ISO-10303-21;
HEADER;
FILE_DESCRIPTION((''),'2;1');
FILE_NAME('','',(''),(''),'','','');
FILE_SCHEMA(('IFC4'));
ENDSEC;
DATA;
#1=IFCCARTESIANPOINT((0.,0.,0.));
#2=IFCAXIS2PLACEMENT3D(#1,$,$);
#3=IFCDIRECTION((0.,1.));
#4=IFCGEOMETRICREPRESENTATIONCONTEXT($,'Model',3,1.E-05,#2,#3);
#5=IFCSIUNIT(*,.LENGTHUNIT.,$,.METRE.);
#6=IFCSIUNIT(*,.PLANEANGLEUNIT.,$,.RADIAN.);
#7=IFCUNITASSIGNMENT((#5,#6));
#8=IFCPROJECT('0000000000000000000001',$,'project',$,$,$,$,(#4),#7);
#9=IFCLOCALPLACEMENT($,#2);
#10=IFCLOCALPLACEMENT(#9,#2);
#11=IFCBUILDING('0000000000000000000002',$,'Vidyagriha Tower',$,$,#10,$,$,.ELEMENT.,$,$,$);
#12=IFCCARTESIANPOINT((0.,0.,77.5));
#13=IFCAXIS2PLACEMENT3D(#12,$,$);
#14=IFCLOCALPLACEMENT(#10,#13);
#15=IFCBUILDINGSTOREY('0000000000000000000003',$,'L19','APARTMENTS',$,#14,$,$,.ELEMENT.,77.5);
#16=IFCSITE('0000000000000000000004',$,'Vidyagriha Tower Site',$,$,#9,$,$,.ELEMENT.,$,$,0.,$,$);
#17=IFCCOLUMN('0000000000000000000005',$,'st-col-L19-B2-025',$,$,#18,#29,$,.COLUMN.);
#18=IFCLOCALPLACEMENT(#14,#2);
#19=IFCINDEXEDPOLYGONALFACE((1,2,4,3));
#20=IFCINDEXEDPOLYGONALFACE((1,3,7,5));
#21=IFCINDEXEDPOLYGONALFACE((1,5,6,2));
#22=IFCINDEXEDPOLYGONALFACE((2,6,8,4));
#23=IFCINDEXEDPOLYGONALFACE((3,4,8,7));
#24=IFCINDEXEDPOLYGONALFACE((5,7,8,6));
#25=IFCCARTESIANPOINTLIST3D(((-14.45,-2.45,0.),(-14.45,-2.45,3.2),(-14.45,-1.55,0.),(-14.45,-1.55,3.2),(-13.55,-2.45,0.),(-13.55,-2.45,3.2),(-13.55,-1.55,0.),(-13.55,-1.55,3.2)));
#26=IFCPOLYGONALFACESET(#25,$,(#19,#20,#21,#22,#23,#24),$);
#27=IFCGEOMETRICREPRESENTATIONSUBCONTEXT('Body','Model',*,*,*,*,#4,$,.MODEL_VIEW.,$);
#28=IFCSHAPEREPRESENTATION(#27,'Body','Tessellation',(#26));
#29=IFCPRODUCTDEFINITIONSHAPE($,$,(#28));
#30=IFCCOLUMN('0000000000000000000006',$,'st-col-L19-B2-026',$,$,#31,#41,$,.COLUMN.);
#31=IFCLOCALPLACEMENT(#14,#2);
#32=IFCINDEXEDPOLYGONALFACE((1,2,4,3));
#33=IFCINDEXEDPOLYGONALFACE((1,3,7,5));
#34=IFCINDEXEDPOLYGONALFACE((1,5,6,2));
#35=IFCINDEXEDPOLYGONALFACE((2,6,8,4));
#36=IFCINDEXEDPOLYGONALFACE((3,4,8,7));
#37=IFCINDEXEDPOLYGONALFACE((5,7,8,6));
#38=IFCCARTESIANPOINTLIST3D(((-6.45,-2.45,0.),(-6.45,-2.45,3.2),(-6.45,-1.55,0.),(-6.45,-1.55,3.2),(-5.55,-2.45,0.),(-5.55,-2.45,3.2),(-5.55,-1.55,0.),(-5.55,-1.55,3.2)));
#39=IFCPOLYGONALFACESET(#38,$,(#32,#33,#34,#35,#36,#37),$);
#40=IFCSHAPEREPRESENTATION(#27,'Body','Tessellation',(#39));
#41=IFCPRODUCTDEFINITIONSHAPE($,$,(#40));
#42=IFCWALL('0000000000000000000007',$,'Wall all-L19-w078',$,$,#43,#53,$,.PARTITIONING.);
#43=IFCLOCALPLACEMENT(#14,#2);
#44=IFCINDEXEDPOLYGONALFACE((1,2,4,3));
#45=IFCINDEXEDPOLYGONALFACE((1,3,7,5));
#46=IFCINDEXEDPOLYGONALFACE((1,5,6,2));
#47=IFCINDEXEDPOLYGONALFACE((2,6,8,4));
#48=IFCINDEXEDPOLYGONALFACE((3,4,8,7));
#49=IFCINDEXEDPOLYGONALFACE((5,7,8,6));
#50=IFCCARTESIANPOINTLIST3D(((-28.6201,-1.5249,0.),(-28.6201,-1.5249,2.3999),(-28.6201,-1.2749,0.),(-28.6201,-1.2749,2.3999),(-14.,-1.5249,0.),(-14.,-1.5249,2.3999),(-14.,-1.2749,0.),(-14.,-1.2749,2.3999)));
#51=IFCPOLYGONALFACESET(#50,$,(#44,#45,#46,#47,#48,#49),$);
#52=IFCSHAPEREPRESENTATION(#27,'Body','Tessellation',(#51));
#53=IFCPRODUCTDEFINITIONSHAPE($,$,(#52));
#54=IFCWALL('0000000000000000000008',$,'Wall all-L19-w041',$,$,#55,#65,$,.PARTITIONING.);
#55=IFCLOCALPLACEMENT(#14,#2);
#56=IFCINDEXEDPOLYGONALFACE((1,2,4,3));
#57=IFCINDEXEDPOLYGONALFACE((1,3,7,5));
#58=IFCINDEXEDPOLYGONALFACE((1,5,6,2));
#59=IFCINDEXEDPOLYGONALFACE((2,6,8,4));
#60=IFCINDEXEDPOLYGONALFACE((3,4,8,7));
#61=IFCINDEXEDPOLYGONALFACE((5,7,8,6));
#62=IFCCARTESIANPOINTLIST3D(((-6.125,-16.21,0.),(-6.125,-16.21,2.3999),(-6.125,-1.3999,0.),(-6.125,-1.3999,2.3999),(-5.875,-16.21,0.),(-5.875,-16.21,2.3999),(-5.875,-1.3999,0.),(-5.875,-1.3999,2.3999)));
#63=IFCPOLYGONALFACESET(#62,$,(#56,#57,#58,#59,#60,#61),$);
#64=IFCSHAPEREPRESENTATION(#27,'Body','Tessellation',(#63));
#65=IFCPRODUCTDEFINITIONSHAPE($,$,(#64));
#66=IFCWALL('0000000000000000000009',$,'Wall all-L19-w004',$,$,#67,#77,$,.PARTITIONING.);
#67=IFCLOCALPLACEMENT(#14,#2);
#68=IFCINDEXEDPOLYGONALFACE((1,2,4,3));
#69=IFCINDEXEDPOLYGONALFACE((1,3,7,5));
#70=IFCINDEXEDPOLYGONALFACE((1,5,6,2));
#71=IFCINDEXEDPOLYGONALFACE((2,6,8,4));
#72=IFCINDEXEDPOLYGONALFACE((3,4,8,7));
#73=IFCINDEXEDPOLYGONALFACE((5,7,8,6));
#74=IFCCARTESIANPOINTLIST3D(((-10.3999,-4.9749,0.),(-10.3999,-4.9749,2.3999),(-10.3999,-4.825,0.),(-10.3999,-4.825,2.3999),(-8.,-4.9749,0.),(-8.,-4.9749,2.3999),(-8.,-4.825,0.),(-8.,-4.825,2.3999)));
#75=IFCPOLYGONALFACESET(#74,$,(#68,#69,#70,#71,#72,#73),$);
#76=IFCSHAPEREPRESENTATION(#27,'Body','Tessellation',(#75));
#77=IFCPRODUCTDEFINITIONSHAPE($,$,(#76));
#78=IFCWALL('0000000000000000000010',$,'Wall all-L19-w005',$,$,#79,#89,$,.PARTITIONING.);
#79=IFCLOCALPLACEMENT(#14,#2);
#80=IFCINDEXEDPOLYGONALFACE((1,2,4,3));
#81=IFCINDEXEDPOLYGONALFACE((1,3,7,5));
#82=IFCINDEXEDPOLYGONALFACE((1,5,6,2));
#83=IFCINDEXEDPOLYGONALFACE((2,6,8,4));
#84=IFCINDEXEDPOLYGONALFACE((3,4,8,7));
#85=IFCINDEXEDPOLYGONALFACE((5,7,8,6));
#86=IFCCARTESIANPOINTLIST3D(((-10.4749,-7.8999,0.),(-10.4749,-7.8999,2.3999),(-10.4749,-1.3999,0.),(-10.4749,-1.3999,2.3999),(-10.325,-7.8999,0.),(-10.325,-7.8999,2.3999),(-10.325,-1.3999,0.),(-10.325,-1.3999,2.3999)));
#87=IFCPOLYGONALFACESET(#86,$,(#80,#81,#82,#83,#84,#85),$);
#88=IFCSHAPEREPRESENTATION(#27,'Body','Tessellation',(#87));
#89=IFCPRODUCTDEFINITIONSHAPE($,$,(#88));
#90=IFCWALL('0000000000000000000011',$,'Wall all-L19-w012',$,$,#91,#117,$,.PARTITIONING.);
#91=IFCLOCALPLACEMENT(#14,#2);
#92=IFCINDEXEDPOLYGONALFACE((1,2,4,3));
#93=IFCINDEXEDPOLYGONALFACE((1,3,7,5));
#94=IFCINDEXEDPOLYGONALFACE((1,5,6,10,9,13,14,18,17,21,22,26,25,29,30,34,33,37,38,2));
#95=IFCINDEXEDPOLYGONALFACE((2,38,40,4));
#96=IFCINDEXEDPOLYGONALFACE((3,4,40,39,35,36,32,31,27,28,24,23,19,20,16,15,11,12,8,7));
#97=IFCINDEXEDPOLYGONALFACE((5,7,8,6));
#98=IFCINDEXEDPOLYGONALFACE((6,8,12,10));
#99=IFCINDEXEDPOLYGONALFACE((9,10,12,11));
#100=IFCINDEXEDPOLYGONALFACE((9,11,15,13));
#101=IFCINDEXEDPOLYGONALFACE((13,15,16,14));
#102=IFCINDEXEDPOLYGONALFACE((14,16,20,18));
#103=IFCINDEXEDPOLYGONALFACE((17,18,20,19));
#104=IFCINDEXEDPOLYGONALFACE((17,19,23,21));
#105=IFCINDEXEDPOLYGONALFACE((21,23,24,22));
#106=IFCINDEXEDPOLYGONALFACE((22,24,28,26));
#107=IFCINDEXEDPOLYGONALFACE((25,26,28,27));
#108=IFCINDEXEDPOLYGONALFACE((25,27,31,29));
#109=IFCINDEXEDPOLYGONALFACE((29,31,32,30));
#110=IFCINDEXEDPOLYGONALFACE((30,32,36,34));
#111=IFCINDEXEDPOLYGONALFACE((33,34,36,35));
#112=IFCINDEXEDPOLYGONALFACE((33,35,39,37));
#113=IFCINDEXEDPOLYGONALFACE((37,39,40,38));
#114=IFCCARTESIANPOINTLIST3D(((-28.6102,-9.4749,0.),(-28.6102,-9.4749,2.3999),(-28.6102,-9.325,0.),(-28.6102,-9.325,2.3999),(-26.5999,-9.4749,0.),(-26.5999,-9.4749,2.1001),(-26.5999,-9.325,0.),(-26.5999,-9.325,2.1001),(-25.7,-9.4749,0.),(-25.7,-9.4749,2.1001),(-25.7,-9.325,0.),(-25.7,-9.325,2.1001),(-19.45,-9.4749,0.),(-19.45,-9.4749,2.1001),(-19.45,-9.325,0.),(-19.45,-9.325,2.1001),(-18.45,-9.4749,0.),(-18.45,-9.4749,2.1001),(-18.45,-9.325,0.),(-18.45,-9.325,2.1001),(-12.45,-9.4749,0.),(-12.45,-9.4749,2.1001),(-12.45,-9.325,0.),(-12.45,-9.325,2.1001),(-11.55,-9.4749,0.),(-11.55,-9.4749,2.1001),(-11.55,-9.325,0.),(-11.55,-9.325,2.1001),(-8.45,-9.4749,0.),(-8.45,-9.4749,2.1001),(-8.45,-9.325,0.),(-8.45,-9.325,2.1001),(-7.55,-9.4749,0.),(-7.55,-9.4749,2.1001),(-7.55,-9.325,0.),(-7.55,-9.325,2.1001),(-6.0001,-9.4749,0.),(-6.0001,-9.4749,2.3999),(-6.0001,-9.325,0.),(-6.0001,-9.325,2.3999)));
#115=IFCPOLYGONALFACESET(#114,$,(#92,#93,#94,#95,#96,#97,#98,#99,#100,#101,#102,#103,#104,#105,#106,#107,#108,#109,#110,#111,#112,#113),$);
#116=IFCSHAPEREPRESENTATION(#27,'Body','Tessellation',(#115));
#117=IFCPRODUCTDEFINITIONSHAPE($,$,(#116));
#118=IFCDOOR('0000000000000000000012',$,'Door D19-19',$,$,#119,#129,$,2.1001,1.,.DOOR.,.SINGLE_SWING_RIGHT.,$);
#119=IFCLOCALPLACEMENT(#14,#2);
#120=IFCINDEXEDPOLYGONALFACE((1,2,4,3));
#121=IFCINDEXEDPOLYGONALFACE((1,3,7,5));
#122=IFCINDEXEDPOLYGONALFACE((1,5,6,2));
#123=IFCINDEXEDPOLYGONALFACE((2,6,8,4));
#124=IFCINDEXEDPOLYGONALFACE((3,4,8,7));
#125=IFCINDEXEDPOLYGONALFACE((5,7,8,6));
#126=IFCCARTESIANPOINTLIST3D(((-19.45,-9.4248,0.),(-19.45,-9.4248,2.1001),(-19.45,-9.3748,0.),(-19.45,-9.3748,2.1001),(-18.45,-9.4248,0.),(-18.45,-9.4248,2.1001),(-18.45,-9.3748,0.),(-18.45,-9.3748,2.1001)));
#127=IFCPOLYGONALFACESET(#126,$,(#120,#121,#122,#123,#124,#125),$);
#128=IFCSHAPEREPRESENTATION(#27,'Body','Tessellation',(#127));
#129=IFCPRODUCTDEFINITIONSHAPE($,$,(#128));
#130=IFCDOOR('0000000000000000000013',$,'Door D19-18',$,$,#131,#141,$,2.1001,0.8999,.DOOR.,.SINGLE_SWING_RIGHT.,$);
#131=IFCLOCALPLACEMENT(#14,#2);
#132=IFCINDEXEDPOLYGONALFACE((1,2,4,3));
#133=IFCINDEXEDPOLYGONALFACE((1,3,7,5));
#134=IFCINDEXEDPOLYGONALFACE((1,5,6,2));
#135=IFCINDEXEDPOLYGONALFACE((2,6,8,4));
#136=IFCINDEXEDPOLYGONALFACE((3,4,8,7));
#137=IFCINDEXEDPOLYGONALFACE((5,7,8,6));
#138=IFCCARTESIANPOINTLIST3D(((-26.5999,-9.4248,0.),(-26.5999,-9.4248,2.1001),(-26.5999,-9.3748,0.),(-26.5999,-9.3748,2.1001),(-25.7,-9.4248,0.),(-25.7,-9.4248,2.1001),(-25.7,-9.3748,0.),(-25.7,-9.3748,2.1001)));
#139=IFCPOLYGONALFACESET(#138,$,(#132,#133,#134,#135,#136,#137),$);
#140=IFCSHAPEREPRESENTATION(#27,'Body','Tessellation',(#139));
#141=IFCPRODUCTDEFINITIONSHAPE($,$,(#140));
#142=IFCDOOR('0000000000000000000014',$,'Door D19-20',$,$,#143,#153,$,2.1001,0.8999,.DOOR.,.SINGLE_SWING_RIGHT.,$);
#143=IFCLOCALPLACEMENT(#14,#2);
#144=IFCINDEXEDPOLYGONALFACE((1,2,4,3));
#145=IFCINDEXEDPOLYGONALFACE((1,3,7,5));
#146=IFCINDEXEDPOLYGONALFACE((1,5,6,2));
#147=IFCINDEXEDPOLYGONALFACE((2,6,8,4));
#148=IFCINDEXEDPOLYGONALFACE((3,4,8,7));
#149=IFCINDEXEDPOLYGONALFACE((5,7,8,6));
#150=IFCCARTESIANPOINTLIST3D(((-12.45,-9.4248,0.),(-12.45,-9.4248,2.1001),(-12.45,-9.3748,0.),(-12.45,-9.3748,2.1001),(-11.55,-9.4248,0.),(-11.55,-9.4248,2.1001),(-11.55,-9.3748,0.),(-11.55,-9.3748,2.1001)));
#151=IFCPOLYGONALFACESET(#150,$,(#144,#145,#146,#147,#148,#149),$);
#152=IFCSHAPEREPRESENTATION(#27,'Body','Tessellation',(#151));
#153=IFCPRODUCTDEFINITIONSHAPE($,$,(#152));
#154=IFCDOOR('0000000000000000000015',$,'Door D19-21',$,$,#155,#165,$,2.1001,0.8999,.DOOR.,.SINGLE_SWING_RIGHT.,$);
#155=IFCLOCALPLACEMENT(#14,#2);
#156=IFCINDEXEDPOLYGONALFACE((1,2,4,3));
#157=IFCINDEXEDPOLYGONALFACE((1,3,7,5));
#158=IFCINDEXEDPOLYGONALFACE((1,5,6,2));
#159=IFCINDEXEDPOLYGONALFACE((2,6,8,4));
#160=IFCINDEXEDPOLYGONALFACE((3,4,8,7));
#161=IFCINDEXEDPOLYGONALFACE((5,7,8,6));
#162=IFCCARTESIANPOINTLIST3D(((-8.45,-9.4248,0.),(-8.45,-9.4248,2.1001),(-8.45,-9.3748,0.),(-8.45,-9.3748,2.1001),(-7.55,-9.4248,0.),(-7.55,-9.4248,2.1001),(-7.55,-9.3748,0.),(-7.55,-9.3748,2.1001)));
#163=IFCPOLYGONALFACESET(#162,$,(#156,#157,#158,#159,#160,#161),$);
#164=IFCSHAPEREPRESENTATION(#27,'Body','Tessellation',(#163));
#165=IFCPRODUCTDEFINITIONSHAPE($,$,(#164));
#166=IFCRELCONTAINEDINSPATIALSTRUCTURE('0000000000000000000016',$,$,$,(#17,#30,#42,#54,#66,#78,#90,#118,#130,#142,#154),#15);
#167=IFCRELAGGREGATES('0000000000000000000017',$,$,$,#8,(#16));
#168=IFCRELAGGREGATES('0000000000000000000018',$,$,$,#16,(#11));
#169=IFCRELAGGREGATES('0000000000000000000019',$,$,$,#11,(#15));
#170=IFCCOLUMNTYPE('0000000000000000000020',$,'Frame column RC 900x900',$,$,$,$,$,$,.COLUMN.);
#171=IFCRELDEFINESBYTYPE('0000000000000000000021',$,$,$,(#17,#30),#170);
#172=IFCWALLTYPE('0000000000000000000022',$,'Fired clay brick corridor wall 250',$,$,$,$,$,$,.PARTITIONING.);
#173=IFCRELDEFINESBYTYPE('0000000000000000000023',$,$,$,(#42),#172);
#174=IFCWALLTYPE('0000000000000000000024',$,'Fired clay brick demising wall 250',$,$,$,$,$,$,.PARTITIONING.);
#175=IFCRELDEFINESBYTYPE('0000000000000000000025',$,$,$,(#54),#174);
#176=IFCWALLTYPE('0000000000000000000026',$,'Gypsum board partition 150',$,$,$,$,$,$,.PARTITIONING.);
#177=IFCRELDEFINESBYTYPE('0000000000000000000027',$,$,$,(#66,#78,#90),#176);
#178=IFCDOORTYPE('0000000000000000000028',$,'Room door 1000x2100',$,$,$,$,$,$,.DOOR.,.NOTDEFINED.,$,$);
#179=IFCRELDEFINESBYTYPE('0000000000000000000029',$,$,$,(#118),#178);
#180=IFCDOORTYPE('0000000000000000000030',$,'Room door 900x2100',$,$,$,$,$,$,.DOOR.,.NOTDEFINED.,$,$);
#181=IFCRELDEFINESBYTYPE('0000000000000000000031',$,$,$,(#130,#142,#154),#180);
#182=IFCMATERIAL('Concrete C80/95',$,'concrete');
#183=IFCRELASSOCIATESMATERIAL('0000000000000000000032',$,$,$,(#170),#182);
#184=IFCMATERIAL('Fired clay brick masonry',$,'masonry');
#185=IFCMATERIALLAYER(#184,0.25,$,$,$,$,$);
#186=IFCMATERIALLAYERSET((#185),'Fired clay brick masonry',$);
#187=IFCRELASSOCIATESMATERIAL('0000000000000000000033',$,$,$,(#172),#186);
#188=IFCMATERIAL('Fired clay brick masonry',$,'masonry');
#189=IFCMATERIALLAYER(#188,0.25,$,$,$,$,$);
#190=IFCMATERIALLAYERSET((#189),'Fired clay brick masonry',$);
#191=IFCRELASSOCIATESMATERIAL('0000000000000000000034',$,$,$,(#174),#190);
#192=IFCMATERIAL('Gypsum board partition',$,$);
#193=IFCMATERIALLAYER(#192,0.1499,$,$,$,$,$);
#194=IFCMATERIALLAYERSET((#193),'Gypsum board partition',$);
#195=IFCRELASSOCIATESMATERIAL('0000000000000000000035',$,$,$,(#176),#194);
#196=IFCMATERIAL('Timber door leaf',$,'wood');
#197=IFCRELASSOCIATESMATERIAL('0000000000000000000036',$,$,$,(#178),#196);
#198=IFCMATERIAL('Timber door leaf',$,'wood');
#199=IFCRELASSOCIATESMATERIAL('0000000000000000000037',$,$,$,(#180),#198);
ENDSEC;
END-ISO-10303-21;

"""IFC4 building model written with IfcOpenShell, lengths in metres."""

from ifc_helpers import new_model, si_unit, direction, frame, frame_2d, origin, origin_2d, place, context, subcontext, project, spatial, rectangle, extrude, material, layer, layer_set, material_profile, profile_set, type_object, element, fill, save


model = new_model("IFC4")

# Units and contexts
model_context = context("Model", 3, precision=1e-05, world=origin(), true_north=direction((0.0, 1.0)))
body_context = subcontext(model_context, "Body", "Model", "MODEL_VIEW")
ifc_project = project(units=[si_unit("LENGTHUNIT", "METRE"), si_unit("PLANEANGLEUNIT", "RADIAN")], contexts=[model_context])

# Site, building, storey
site_placement = place(None, origin())
site = spatial("IfcSite", under=ifc_project, at=site_placement, Name="Vidyagriha Tower Site", CompositionType="ELEMENT", RefElevation=0.0)
building_placement = place(site_placement, origin())
building = spatial("IfcBuilding", under=site, at=building_placement, Name="Vidyagriha Tower", CompositionType="ELEMENT")
storey_placement = place(building_placement, frame((0.0, 0.0, 77.5)))
storey = spatial("IfcBuildingStorey", under=building, at=storey_placement, Name="L19", Description="APARTMENTS", CompositionType="ELEMENT", Elevation=77.5)

# Columns
ifc_material_1 = material(Name="Concrete C80/95", Category="concrete")
ifc_material_profile = material_profile(ifc_material_1, rectangle(XDim=0.8999, YDim=0.8999, at=origin_2d()), Name="RC 900x900")
ifc_profile_set = profile_set([ifc_material_profile], Name="Concrete C80/95")
column_type = type_object("IfcColumnType", Name="Frame column RC 900x900", PredefinedType="COLUMN", material=ifc_profile_set)
for number, where, name in (
    (1, (-14.0, -2.0, 0.0), "st-col-L19-B2-025"),
    (2, (-6.0, -2.0, 0.0), "st-col-L19-B2-026"),
):
    element("IfcColumn", number, at=place(storey_placement, frame(where)), inside=storey, type_object=column_type, Name=name, PredefinedType="COLUMN", context=body_context, shape_type="SweptSolid", body=[
        extrude(rectangle(XDim=0.8999, YDim=0.8999, at=origin_2d()), origin(), (0.0, 0.0, 1.0), 3.2),
    ])

# Walls
ifc_material_2 = material(Name="Fired clay brick masonry", Category="masonry")
ifc_layer_1 = layer(ifc_material_2, 0.25)
ifc_layer_set_1 = layer_set([ifc_layer_1], Name="Fired clay brick masonry")
wall_type_1 = type_object("IfcWallType", Name="Fired clay brick corridor wall 250", PredefinedType="PARTITIONING", material=ifc_layer_set_1)
wall_1_placement = place(storey_placement, frame((-14.0, -1.3999, 0.0), z_axis=(0.0, 0.0, 1.0), x_axis=(-1.0, 0.0, 0.0)))
element("IfcWall", 3, at=wall_1_placement, inside=storey, type_object=wall_type_1, Name="Wall all-L19-w078", PredefinedType="PARTITIONING", context=body_context, shape_type="SweptSolid", body=[
    extrude(rectangle(XDim=14.6201, YDim=0.25, at=frame_2d((7.3101, 0.0))), origin(), (0.0, 0.0, 1.0), 2.3999),
])
ifc_material_3 = material(Name="Fired clay brick masonry", Category="masonry")
ifc_layer_2 = layer(ifc_material_3, 0.25)
ifc_layer_set_2 = layer_set([ifc_layer_2], Name="Fired clay brick masonry")
wall_type_2 = type_object("IfcWallType", Name="Fired clay brick demising wall 250", PredefinedType="PARTITIONING", material=ifc_layer_set_2)
wall_2_placement = place(storey_placement, frame((-6.0, -1.3999, 0.0), z_axis=(0.0, 0.0, 1.0), x_axis=(0.0, -1.0, 0.0)))
element("IfcWall", 4, at=wall_2_placement, inside=storey, type_object=wall_type_2, Name="Wall all-L19-w041", PredefinedType="PARTITIONING", context=body_context, shape_type="SweptSolid", body=[
    extrude(rectangle(XDim=14.8101, YDim=0.25, at=frame_2d((7.405, 0.0))), origin(), (0.0, 0.0, 1.0), 2.3999),
])
ifc_material_4 = material(Name="Gypsum board partition")
ifc_layer_3 = layer(ifc_material_4, 0.1499)
ifc_layer_set_3 = layer_set([ifc_layer_3], Name="Gypsum board partition")
wall_type_3 = type_object("IfcWallType", Name="Gypsum board partition 150", PredefinedType="PARTITIONING", material=ifc_layer_set_3)
wall_3_placement = place(storey_placement, frame((-8.0, -4.8999, 0.0), z_axis=(0.0, 0.0, 1.0), x_axis=(-1.0, 0.0, 0.0)))
element("IfcWall", 5, at=wall_3_placement, inside=storey, type_object=wall_type_3, Name="Wall all-L19-w004", PredefinedType="PARTITIONING", context=body_context, shape_type="SweptSolid", body=[
    extrude(rectangle(XDim=2.3999, YDim=0.1499, at=frame_2d((1.2, 0.0))), origin(), (0.0, 0.0, 1.0), 2.3999),
])
wall_4_placement = place(storey_placement, frame((-10.3999, -7.8999, 0.0), z_axis=(0.0, 0.0, 1.0), x_axis=(0.0, 1.0, 0.0)))
element("IfcWall", 6, at=wall_4_placement, inside=storey, type_object=wall_type_3, Name="Wall all-L19-w005", PredefinedType="PARTITIONING", context=body_context, shape_type="SweptSolid", body=[
    extrude(rectangle(XDim=6.5, YDim=0.1499, at=frame_2d((3.25, 0.0))), origin(), (0.0, 0.0, 1.0), 2.3999),
])

# Wall, openings, doors
wall_5_placement = place(storey_placement, frame((-6.0, -9.3999, 0.0), z_axis=(0.0, 0.0, 1.0), x_axis=(-1.0, 0.0, 0.0)))
wall_5 = element("IfcWall", 7, at=wall_5_placement, inside=storey, type_object=wall_type_3, Name="Wall all-L19-w012", PredefinedType="PARTITIONING", context=body_context, shape_type="SweptSolid", body=[
    extrude(rectangle(XDim=22.6101, YDim=0.1499, at=frame_2d((11.3052, 0.0))), origin(), (0.0, 0.0, 1.0), 2.3999),
])
opening_1_placement = place(wall_5_placement, frame((19.7, 0.0, 0.0)))
opening_1 = element("IfcOpeningElement", 8, at=opening_1_placement, cuts=wall_5, PredefinedType="OPENING", context=body_context, shape_type="SweptSolid", body=[
    extrude(rectangle(XDim=0.8999, YDim=2.1001, at=frame_2d((0.45, 1.05))), frame((0.0, 0.085, 0.0), z_axis=(0.0, -1.0, 0.0), x_axis=(1.0, 0.0, 0.0)), (0.0, 0.0, 1.0), 0.1699),
])
opening_2_placement = place(wall_5_placement, frame((12.45, 0.0, 0.0)))
opening_2 = element("IfcOpeningElement", 9, at=opening_2_placement, cuts=wall_5, PredefinedType="OPENING", context=body_context, shape_type="SweptSolid", body=[
    extrude(rectangle(XDim=1.0, YDim=2.1001, at=frame_2d((0.5, 1.05))), frame((0.0, 0.085, 0.0), z_axis=(0.0, -1.0, 0.0), x_axis=(1.0, 0.0, 0.0)), (0.0, 0.0, 1.0), 0.1699),
])
opening_3_placement = place(wall_5_placement, frame((5.55, 0.0, 0.0)))
opening_3 = element("IfcOpeningElement", 10, at=opening_3_placement, cuts=wall_5, PredefinedType="OPENING", context=body_context, shape_type="SweptSolid", body=[
    extrude(rectangle(XDim=0.8999, YDim=2.1001, at=frame_2d((0.45, 1.05))), frame((0.0, 0.085, 0.0), z_axis=(0.0, -1.0, 0.0), x_axis=(1.0, 0.0, 0.0)), (0.0, 0.0, 1.0), 0.1699),
])
opening_4_placement = place(wall_5_placement, frame((1.55, 0.0, 0.0)))
opening_4 = element("IfcOpeningElement", 11, at=opening_4_placement, cuts=wall_5, PredefinedType="OPENING", context=body_context, shape_type="SweptSolid", body=[
    extrude(rectangle(XDim=0.8999, YDim=2.1001, at=frame_2d((0.45, 1.05))), frame((0.0, 0.085, 0.0), z_axis=(0.0, -1.0, 0.0), x_axis=(1.0, 0.0, 0.0)), (0.0, 0.0, 1.0), 0.1699),
])
ifc_material_5 = material(Name="Timber door leaf", Category="wood")
door_type_1 = type_object("IfcDoorType", Name="Room door 1000x2100", OperationType="NOTDEFINED", PredefinedType="DOOR", material=ifc_material_5)
door_1_placement = place(opening_2_placement, origin())
door_1 = element("IfcDoor", 12, at=door_1_placement, inside=storey, type_object=door_type_1, Name="Door D19-19", OperationType="SINGLE_SWING_RIGHT", OverallHeight=2.1001, OverallWidth=1.0, PredefinedType="DOOR", context=body_context, shape_type="SweptSolid", body=[
    extrude(rectangle(XDim=1.0, YDim=2.1001, at=frame_2d((0.5, 1.05))), frame((0.0, 0.0249, 0.0), z_axis=(0.0, -1.0, 0.0), x_axis=(1.0, 0.0, 0.0)), (0.0, 0.0, 1.0), 0.05),
])
fill(opening_2, door_1)
ifc_material_6 = material(Name="Timber door leaf", Category="wood")
door_type_2 = type_object("IfcDoorType", Name="Room door 900x2100", OperationType="NOTDEFINED", PredefinedType="DOOR", material=ifc_material_6)
door_2_placement = place(opening_1_placement, origin())
door_2 = element("IfcDoor", 13, at=door_2_placement, inside=storey, type_object=door_type_2, Name="Door D19-18", OperationType="SINGLE_SWING_RIGHT", OverallHeight=2.1001, OverallWidth=0.8999, PredefinedType="DOOR", context=body_context, shape_type="SweptSolid", body=[
    extrude(rectangle(XDim=0.8999, YDim=2.1001, at=frame_2d((0.45, 1.05))), frame((0.0, 0.0249, 0.0), z_axis=(0.0, -1.0, 0.0), x_axis=(1.0, 0.0, 0.0)), (0.0, 0.0, 1.0), 0.05),
])
fill(opening_1, door_2)
door_3_placement = place(opening_3_placement, origin())
door_3 = element("IfcDoor", 14, at=door_3_placement, inside=storey, type_object=door_type_2, Name="Door D19-20", OperationType="SINGLE_SWING_RIGHT", OverallHeight=2.1001, OverallWidth=0.8999, PredefinedType="DOOR", context=body_context, shape_type="SweptSolid", body=[
    extrude(rectangle(XDim=0.8999, YDim=2.1001, at=frame_2d((0.45, 1.05))), frame((0.0, 0.0249, 0.0), z_axis=(0.0, -1.0, 0.0), x_axis=(1.0, 0.0, 0.0)), (0.0, 0.0, 1.0), 0.05),
])
fill(opening_3, door_3)
door_4_placement = place(opening_4_placement, origin())
door_4 = element("IfcDoor", 15, at=door_4_placement, inside=storey, type_object=door_type_2, Name="Door D19-21", OperationType="SINGLE_SWING_RIGHT", OverallHeight=2.1001, OverallWidth=0.8999, PredefinedType="DOOR", context=body_context, shape_type="SweptSolid", body=[
    extrude(rectangle(XDim=0.8999, YDim=2.1001, at=frame_2d((0.45, 1.05))), frame((0.0, 0.0249, 0.0), z_axis=(0.0, -1.0, 0.0), x_axis=(1.0, 0.0, 0.0)), (0.0, 0.0, 1.0), 0.05),
])
fill(opening_4, door_4)

save(model, "model.ifc")
